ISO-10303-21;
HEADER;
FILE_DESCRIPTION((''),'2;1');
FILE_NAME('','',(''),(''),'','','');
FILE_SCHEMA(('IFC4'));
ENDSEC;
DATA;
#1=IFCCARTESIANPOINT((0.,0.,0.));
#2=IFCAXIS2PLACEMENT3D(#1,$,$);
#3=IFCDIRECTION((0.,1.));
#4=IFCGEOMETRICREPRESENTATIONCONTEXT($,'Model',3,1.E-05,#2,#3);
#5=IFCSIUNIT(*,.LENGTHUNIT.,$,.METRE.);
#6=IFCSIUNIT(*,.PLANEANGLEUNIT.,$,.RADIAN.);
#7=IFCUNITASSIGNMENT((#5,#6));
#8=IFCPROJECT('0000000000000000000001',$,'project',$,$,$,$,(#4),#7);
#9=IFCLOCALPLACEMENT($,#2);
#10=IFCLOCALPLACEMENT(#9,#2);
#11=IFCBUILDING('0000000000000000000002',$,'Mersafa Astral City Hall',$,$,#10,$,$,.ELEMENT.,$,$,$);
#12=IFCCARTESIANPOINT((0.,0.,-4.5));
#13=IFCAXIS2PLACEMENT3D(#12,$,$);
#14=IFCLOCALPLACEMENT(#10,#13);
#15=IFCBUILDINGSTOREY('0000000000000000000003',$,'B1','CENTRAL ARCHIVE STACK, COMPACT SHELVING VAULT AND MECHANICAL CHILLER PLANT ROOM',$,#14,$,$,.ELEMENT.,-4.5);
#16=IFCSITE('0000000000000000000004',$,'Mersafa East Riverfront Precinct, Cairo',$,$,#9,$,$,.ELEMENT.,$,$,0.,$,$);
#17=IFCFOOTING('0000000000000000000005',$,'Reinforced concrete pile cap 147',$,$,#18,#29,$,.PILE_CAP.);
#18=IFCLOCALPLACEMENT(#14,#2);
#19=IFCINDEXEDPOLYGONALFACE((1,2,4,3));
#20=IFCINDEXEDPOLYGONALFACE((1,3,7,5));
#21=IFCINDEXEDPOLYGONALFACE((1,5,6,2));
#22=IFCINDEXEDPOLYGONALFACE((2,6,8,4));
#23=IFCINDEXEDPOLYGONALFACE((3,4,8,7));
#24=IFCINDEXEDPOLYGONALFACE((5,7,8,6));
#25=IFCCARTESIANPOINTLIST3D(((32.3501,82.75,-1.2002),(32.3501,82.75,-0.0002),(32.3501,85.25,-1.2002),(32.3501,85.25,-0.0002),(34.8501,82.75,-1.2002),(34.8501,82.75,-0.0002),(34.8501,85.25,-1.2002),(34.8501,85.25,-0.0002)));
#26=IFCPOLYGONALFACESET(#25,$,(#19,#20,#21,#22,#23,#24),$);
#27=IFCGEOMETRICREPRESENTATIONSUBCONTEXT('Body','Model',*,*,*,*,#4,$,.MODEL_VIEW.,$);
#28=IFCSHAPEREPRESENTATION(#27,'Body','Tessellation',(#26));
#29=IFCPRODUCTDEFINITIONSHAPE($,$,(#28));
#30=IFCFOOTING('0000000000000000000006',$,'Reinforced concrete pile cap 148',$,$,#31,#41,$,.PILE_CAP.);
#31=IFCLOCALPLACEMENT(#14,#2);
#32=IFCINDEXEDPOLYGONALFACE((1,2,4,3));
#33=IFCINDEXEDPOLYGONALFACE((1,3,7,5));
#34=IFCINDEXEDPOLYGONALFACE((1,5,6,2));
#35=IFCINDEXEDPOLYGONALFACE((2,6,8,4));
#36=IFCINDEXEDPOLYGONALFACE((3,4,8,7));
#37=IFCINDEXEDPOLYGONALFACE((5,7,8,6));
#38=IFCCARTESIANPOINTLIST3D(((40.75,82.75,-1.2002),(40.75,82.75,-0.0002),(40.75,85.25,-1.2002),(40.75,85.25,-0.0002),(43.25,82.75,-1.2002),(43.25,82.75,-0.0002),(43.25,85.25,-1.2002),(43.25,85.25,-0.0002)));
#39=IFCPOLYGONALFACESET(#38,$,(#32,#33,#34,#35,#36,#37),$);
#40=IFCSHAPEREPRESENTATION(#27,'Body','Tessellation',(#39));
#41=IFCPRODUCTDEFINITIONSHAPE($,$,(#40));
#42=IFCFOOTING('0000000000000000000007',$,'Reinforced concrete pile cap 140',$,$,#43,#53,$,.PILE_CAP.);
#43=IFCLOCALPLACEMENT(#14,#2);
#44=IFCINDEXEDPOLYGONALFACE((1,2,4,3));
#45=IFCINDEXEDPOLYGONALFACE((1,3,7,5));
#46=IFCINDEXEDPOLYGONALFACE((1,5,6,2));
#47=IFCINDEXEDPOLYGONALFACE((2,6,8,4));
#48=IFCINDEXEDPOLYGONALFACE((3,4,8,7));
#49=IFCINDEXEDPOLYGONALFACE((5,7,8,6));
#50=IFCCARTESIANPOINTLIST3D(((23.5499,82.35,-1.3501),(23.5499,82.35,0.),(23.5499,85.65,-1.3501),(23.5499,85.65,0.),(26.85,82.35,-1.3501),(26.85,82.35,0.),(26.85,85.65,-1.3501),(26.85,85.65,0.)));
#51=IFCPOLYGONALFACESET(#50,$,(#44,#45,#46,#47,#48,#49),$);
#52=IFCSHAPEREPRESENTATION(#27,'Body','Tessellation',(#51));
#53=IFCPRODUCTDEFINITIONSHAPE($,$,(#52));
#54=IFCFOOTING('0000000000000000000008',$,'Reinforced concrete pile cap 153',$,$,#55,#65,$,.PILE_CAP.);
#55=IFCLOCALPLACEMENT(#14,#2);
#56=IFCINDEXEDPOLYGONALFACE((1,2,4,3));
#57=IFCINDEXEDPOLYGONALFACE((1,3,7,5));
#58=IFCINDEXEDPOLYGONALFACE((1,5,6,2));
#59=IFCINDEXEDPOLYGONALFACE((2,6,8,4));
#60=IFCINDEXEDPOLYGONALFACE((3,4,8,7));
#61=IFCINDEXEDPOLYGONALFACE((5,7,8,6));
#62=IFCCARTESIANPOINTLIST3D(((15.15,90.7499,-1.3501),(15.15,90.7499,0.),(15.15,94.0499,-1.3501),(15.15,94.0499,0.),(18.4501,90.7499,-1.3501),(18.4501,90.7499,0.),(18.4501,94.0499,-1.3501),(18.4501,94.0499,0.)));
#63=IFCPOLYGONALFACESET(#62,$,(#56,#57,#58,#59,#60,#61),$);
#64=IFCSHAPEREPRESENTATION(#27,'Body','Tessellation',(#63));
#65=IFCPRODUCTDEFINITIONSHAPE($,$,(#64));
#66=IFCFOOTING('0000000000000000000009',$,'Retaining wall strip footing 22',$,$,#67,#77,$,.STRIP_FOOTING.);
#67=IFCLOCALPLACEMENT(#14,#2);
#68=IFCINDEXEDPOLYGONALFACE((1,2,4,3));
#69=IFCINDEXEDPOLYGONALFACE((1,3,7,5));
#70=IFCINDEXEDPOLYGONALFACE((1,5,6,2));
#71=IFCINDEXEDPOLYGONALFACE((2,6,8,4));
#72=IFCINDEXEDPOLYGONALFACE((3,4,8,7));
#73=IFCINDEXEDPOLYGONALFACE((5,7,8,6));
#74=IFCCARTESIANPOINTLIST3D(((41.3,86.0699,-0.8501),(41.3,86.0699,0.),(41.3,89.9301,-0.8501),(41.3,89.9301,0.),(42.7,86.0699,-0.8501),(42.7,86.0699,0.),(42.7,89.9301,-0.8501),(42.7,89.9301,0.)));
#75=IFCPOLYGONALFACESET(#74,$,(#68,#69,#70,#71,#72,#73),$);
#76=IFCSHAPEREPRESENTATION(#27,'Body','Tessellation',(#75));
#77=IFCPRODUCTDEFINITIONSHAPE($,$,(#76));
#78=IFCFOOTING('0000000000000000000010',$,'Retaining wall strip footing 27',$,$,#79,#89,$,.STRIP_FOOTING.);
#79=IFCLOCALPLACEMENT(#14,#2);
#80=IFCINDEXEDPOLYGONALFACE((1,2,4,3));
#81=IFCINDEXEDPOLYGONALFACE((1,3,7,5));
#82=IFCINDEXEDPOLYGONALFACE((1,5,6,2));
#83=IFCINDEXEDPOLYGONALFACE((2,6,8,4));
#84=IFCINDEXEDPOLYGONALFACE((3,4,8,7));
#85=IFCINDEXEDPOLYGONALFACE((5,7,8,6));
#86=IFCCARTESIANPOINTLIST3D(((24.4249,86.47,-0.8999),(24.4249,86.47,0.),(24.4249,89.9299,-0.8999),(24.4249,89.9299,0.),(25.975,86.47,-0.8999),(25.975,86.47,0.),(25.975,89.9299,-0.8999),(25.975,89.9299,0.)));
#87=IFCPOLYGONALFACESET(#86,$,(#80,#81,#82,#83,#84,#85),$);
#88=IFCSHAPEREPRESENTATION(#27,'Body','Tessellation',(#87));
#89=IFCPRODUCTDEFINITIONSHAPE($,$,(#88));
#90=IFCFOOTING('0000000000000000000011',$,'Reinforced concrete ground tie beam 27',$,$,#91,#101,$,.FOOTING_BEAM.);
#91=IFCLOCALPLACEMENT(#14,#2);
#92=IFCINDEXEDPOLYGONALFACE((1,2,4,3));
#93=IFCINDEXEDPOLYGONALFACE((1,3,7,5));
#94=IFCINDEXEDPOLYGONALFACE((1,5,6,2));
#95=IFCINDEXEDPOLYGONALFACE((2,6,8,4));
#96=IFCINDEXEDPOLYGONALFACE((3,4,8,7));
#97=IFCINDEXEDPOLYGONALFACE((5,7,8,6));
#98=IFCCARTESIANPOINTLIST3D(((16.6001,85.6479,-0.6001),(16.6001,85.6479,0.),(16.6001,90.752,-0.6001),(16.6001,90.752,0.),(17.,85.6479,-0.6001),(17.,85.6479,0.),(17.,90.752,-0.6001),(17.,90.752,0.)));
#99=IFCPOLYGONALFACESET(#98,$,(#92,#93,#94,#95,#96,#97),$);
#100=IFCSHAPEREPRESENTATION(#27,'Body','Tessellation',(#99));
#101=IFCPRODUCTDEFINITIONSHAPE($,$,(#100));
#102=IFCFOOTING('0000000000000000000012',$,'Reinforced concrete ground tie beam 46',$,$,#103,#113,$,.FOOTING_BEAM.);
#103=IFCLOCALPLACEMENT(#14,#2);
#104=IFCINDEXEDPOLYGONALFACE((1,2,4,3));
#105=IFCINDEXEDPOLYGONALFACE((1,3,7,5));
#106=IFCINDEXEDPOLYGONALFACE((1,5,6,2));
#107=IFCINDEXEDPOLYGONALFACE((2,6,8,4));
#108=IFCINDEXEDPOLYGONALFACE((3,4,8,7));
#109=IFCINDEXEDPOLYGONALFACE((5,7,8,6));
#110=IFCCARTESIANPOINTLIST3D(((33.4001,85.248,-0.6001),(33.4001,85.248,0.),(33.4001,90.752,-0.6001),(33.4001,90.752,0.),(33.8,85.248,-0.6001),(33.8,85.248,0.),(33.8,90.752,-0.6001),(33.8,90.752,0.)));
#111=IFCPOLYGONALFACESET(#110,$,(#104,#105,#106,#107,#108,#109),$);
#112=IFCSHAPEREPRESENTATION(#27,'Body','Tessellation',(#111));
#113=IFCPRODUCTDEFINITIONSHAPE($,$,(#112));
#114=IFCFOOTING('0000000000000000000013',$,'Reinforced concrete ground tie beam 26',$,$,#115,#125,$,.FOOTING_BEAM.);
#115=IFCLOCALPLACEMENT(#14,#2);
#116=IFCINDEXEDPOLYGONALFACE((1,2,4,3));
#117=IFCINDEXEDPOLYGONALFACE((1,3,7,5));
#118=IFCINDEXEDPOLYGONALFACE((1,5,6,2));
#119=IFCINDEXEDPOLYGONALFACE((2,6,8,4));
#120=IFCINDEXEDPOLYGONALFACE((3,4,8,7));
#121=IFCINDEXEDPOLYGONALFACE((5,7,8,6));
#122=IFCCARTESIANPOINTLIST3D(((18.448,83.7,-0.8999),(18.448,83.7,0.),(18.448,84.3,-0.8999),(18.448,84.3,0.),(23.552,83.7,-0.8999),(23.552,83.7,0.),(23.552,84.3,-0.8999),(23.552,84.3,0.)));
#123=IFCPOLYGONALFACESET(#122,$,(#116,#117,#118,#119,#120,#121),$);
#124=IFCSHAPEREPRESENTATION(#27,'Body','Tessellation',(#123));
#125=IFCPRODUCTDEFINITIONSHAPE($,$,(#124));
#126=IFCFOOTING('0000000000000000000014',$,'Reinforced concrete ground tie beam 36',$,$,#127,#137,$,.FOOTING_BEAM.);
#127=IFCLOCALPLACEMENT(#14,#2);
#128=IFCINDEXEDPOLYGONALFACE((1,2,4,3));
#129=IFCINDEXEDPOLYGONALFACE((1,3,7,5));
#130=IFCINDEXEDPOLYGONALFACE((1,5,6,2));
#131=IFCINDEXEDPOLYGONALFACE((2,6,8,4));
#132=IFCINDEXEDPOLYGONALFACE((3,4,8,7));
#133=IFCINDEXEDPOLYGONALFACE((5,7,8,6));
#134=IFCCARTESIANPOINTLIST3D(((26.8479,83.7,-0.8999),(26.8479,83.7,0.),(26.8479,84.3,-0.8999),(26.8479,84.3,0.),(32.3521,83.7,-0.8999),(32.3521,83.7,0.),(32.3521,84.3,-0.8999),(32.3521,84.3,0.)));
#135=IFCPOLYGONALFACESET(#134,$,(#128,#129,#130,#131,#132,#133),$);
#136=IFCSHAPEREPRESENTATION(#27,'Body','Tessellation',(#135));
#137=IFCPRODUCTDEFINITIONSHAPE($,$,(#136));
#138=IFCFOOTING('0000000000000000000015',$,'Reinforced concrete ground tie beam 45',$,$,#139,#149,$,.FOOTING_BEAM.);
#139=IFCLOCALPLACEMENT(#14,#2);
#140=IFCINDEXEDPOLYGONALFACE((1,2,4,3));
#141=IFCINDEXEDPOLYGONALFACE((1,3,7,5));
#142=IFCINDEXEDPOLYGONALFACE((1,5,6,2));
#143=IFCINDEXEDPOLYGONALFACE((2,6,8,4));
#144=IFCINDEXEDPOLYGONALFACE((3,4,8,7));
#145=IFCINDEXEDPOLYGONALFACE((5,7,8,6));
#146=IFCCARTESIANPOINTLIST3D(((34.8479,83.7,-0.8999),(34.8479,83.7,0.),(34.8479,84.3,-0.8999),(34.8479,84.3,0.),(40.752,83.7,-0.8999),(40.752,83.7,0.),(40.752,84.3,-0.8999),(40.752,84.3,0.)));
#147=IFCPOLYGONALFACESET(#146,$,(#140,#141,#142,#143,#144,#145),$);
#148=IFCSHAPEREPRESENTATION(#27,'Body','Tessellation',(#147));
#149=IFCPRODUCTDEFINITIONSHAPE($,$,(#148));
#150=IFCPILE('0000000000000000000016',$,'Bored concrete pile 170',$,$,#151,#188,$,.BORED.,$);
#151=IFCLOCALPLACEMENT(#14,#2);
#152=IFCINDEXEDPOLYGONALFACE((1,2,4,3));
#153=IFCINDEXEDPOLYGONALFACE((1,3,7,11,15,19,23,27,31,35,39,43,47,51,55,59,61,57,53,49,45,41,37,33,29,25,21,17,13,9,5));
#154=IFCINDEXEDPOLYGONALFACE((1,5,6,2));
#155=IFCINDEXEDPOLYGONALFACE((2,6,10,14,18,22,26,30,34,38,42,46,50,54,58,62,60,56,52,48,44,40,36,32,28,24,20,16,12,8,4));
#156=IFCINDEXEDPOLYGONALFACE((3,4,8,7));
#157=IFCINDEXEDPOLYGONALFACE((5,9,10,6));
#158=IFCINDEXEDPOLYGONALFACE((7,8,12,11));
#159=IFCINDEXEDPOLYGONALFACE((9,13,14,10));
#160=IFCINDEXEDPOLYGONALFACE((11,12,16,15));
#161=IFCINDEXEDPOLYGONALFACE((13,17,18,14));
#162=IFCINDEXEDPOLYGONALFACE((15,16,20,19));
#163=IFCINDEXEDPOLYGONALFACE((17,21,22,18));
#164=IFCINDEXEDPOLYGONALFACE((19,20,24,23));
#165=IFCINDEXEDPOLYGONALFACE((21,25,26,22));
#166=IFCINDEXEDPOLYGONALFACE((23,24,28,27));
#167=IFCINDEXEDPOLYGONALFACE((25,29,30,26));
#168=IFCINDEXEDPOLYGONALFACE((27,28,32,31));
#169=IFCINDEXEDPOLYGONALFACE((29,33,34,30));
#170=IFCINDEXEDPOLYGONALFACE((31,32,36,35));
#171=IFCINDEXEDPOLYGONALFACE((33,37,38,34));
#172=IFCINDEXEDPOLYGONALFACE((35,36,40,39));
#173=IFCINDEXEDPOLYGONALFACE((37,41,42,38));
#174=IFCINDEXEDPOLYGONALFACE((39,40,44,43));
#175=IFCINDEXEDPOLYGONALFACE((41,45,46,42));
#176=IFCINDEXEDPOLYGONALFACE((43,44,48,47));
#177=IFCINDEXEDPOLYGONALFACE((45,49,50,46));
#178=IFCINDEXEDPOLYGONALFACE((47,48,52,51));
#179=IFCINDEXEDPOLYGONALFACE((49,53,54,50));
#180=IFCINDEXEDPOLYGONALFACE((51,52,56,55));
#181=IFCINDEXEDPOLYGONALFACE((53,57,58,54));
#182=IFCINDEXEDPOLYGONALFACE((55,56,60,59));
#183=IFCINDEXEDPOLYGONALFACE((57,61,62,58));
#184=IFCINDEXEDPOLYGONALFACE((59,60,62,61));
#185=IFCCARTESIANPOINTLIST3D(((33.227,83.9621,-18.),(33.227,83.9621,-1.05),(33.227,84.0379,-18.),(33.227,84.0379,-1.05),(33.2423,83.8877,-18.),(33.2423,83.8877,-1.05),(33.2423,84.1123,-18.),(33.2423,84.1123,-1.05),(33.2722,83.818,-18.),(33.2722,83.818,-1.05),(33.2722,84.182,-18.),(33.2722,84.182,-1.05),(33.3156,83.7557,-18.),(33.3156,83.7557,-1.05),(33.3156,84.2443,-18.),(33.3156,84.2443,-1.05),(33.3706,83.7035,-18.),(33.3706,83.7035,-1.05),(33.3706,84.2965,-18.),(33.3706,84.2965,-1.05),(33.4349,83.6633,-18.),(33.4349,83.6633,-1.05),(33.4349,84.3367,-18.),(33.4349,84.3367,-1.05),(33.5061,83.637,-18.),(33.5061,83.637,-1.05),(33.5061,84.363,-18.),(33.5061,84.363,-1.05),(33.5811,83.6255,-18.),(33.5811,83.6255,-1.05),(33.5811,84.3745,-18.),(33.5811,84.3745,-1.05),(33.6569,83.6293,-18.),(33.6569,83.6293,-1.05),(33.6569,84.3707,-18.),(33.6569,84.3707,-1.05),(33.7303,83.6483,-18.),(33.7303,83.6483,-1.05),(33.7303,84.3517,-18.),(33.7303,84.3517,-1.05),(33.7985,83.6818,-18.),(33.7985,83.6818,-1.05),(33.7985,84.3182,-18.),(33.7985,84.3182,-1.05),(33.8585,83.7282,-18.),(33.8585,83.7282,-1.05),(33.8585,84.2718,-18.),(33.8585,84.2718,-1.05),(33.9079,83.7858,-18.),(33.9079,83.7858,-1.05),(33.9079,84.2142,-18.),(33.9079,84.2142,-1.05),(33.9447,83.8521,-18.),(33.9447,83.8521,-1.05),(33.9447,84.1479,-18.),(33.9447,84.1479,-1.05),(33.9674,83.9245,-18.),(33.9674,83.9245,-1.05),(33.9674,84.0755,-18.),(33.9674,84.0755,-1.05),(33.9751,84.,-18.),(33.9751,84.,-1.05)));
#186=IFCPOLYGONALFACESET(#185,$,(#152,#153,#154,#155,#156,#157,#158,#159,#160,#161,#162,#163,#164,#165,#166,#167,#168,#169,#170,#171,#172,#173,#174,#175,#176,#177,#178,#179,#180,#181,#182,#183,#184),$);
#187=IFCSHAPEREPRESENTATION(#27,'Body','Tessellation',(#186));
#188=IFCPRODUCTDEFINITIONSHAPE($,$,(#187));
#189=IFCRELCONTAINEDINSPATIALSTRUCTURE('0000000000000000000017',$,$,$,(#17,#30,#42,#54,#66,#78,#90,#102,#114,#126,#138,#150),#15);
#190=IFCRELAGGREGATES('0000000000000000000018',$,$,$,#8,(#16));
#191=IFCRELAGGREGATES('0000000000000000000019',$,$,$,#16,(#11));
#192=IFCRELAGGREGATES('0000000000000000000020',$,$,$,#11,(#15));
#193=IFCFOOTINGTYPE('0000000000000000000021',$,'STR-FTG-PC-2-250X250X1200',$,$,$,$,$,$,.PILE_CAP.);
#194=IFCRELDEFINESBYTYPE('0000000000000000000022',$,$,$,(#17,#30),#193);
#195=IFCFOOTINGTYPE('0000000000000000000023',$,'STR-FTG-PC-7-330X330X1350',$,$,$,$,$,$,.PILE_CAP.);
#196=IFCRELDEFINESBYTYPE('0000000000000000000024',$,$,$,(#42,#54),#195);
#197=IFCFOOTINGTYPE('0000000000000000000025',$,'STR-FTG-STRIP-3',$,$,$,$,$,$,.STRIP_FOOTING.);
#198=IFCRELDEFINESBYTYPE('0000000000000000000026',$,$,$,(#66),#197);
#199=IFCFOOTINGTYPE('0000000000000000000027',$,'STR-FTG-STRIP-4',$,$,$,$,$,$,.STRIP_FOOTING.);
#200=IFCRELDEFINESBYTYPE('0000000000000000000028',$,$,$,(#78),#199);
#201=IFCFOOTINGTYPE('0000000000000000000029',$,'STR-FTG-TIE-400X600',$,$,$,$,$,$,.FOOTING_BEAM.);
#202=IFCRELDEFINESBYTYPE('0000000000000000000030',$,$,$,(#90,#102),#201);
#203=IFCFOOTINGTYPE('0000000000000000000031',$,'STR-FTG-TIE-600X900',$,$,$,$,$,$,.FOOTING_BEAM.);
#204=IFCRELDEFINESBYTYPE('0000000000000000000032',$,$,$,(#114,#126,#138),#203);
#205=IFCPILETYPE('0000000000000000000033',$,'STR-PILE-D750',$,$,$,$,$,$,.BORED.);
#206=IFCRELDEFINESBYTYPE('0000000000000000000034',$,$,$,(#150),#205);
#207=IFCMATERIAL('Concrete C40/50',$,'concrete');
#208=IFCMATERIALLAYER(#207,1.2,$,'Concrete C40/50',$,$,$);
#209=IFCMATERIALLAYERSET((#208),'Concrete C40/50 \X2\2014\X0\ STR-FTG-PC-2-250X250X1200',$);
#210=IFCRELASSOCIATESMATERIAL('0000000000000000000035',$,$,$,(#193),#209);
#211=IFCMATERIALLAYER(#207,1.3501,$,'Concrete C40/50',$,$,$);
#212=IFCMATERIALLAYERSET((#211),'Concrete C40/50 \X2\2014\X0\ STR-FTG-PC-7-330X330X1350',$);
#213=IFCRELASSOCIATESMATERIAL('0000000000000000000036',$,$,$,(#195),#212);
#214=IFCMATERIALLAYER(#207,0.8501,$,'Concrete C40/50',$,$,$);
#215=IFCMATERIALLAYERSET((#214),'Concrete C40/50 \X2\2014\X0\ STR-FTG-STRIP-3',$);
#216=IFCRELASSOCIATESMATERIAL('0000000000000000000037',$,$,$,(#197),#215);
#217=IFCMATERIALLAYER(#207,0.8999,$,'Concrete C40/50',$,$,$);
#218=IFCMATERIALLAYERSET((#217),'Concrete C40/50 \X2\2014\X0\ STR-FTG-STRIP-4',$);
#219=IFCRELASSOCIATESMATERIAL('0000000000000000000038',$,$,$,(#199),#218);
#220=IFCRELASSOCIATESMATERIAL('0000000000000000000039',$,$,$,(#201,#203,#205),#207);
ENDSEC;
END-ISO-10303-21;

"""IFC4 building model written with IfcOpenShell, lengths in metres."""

from ifc_helpers import new_model, si_unit, direction, frame, origin, origin_2d, place, context, subcontext, project, spatial, rectangle, circle, extrude, material, layer, layer_set, material_profile, profile_set, type_object, element, save


model = new_model("IFC4")

# Units and contexts
model_context = context("Model", 3, precision=1e-05, world=origin(), true_north=direction((0.0, 1.0)))
body_context = subcontext(model_context, "Body", "Model", "MODEL_VIEW")
ifc_project = project(units=[si_unit("LENGTHUNIT", "METRE"), si_unit("PLANEANGLEUNIT", "RADIAN")], contexts=[model_context])

# Site, building, storey
site_placement = place(None, origin())
site = spatial("IfcSite", under=ifc_project, at=site_placement, Name="Mersafa East Riverfront Precinct, Cairo", CompositionType="ELEMENT", RefElevation=0.0)
building_placement = place(site_placement, origin())
building = spatial("IfcBuilding", under=site, at=building_placement, Name="Mersafa Astral City Hall", CompositionType="ELEMENT")
storey_placement = place(building_placement, frame((0.0, 0.0, -4.5)))
storey = spatial("IfcBuildingStorey", under=building, at=storey_placement, Name="B1", Description="CENTRAL ARCHIVE STACK, COMPACT SHELVING VAULT AND MECHANICAL CHILLER PLANT ROOM", CompositionType="ELEMENT", Elevation=-4.5)

# Footings
ifc_material_1 = material(Name="Concrete C40/50", Category="concrete")
ifc_layer_1 = layer(ifc_material_1, 1.2, Name="Concrete C40/50")
ifc_layer_set_1 = layer_set([ifc_layer_1], Name="Concrete C40/50 — STR-FTG-PC-2-250X250X1200")
footing_type_1 = type_object("IfcFootingType", Name="STR-FTG-PC-2-250X250X1200", PredefinedType="PILE_CAP", material=ifc_layer_set_1)
for number, where, z_axis, x_axis, name in (
    (1, (33.6001, 84.0, -1.2002), (0.0, 0.0, 1.0), (1.0, 0.0, 0.0), "Reinforced concrete pile cap 147"),
    (2, (42.0, 84.0, -1.2002), (0.0, 0.0, 1.0), (1.0, 0.0, 0.0), "Reinforced concrete pile cap 148"),
):
    element("IfcFooting", number, at=place(storey_placement, frame(where, z_axis=z_axis, x_axis=x_axis)), inside=storey, type_object=footing_type_1, Name=name, PredefinedType="PILE_CAP", context=body_context, shape_type="SweptSolid", body=[
        extrude(rectangle(XDim=2.5, YDim=2.5, at=origin_2d()), origin(), (0.0, 0.0, 1.0), 1.2),
    ])
ifc_layer_2 = layer(ifc_material_1, 1.3501, Name="Concrete C40/50")
ifc_layer_set_2 = layer_set([ifc_layer_2], Name="Concrete C40/50 — STR-FTG-PC-7-330X330X1350")
footing_type_2 = type_object("IfcFootingType", Name="STR-FTG-PC-7-330X330X1350", PredefinedType="PILE_CAP", material=ifc_layer_set_2)
for number, where, z_axis, x_axis, name in (
    (3, (25.2, 84.0, -1.3501), (0.0, 0.0, 1.0), (1.0, 0.0, 0.0), "Reinforced concrete pile cap 140"),
    (4, (16.8, 92.3999, -1.3501), (0.0, 0.0, 1.0), (1.0, 0.0, 0.0), "Reinforced concrete pile cap 153"),
):
    element("IfcFooting", number, at=place(storey_placement, frame(where, z_axis=z_axis, x_axis=x_axis)), inside=storey, type_object=footing_type_2, Name=name, PredefinedType="PILE_CAP", context=body_context, shape_type="SweptSolid", body=[
        extrude(rectangle(XDim=3.3, YDim=3.3, at=origin_2d()), origin(), (0.0, 0.0, 1.0), 1.3501),
    ])
ifc_layer_3 = layer(ifc_material_1, 0.8501, Name="Concrete C40/50")
ifc_layer_set_3 = layer_set([ifc_layer_3], Name="Concrete C40/50 — STR-FTG-STRIP-3")
footing_type_3 = type_object("IfcFootingType", Name="STR-FTG-STRIP-3", PredefinedType="STRIP_FOOTING", material=ifc_layer_set_3)
footing_1_placement = place(storey_placement, frame((42.0, 88.0, -0.8501), z_axis=(0.0, 0.0, 1.0), x_axis=(0.0, -1.0, 0.0)))
element("IfcFooting", 5, at=footing_1_placement, inside=storey, type_object=footing_type_3, Name="Retaining wall strip footing 22", PredefinedType="STRIP_FOOTING", context=body_context, shape_type="SweptSolid", body=[
    extrude(rectangle(XDim=3.8601, YDim=1.3999, at=origin_2d()), origin(), (0.0, 0.0, 1.0), 0.8501),
])
ifc_layer_4 = layer(ifc_material_1, 0.8999, Name="Concrete C40/50")
ifc_layer_set_4 = layer_set([ifc_layer_4], Name="Concrete C40/50 — STR-FTG-STRIP-4")
footing_type_4 = type_object("IfcFootingType", Name="STR-FTG-STRIP-4", PredefinedType="STRIP_FOOTING", material=ifc_layer_set_4)
footing_2_placement = place(storey_placement, frame((25.2, 88.2, -0.8999), z_axis=(0.0, 0.0, 1.0), x_axis=(0.0, 1.0, 0.0)))
element("IfcFooting", 6, at=footing_2_placement, inside=storey, type_object=footing_type_4, Name="Retaining wall strip footing 27", PredefinedType="STRIP_FOOTING", context=body_context, shape_type="SweptSolid", body=[
    extrude(rectangle(XDim=3.46, YDim=1.55, at=origin_2d()), origin(), (0.0, 0.0, 1.0), 0.8999),
])
ifc_material_profile_1 = material_profile(ifc_material_1, rectangle(XDim=0.3999, YDim=0.6001, at=origin_2d()), Name="RC 400x600")
ifc_profile_set_1 = profile_set([ifc_material_profile_1], Name="Concrete C40/50")
footing_type_5 = type_object("IfcFootingType", Name="STR-FTG-TIE-400X600", PredefinedType="FOOTING_BEAM", material=ifc_profile_set_1)
footing_3_placement = place(storey_placement, frame((16.8, 85.6479, -0.3), z_axis=(0.0, 1.0, 0.0), x_axis=(-1.0, 0.0, 0.0)))
element("IfcFooting", 7, at=footing_3_placement, inside=storey, type_object=footing_type_5, Name="Reinforced concrete ground tie beam 27", PredefinedType="FOOTING_BEAM", context=body_context, shape_type="SweptSolid", body=[
    extrude(rectangle(XDim=0.3999, YDim=0.6001, at=origin_2d()), origin(), (0.0, 0.0, 1.0), 5.104),
])
footing_4_placement = place(storey_placement, frame((33.6001, 85.248, -0.3), z_axis=(0.0, 1.0, 0.0), x_axis=(-1.0, 0.0, 0.0)))
element("IfcFooting", 8, at=footing_4_placement, inside=storey, type_object=footing_type_5, Name="Reinforced concrete ground tie beam 46", PredefinedType="FOOTING_BEAM", context=body_context, shape_type="SweptSolid", body=[
    extrude(rectangle(XDim=0.3999, YDim=0.6001, at=origin_2d()), origin(), (0.0, 0.0, 1.0), 5.5039),
])
ifc_material_profile_2 = material_profile(ifc_material_1, rectangle(XDim=0.6001, YDim=0.8999, at=origin_2d()), Name="RC 600x900")
ifc_profile_set_2 = profile_set([ifc_material_profile_2], Name="Concrete C40/50")
footing_type_6 = type_object("IfcFootingType", Name="STR-FTG-TIE-600X900", PredefinedType="FOOTING_BEAM", material=ifc_profile_set_2)
footing_5_placement = place(storey_placement, frame((18.448, 84.0, -0.45), z_axis=(1.0, 0.0, 0.0), x_axis=(0.0, 1.0, 0.0)))
element("IfcFooting", 9, at=footing_5_placement, inside=storey, type_object=footing_type_6, Name="Reinforced concrete ground tie beam 26", PredefinedType="FOOTING_BEAM", context=body_context, shape_type="SweptSolid", body=[
    extrude(rectangle(XDim=0.6001, YDim=0.8999, at=origin_2d()), origin(), (0.0, 0.0, 1.0), 5.104),
])
footing_6_placement = place(storey_placement, frame((26.8479, 84.0, -0.45), z_axis=(1.0, 0.0, 0.0), x_axis=(0.0, 1.0, 0.0)))
element("IfcFooting", 10, at=footing_6_placement, inside=storey, type_object=footing_type_6, Name="Reinforced concrete ground tie beam 36", PredefinedType="FOOTING_BEAM", context=body_context, shape_type="SweptSolid", body=[
    extrude(rectangle(XDim=0.6001, YDim=0.8999, at=origin_2d()), origin(), (0.0, 0.0, 1.0), 5.5042),
])
footing_7_placement = place(storey_placement, frame((34.8479, 84.0, -0.45), z_axis=(1.0, 0.0, 0.0), x_axis=(0.0, 1.0, 0.0)))
element("IfcFooting", 11, at=footing_7_placement, inside=storey, type_object=footing_type_6, Name="Reinforced concrete ground tie beam 45", PredefinedType="FOOTING_BEAM", context=body_context, shape_type="SweptSolid", body=[
    extrude(rectangle(XDim=0.6001, YDim=0.8999, at=origin_2d()), origin(), (0.0, 0.0, 1.0), 5.9041),
])

# Pile
ifc_material_profile_3 = material_profile(ifc_material_1, circle(Radius=0.375, at=origin_2d()), Name="PILE D750")
ifc_profile_set_3 = profile_set([ifc_material_profile_3], Name="Concrete C40/50")
pile_type_1 = type_object("IfcPileType", Name="STR-PILE-D750", PredefinedType="BORED", material=ifc_profile_set_3)
for number, where, z_axis, x_axis, name in (
    (12, (33.6001, 84.0, -1.05), (0.0, 0.0, -1.0), (1.0, 0.0, 0.0), "Bored concrete pile 170"),
):
    element("IfcPile", number, at=place(storey_placement, frame(where, z_axis=z_axis, x_axis=x_axis)), inside=storey, type_object=pile_type_1, Name=name, PredefinedType="BORED", context=body_context, shape_type="SweptSolid", body=[
        extrude(circle(Radius=0.375, at=origin_2d()), origin(), (0.0, 0.0, 1.0), 16.95),
    ])

save(model, "model.ifc")
